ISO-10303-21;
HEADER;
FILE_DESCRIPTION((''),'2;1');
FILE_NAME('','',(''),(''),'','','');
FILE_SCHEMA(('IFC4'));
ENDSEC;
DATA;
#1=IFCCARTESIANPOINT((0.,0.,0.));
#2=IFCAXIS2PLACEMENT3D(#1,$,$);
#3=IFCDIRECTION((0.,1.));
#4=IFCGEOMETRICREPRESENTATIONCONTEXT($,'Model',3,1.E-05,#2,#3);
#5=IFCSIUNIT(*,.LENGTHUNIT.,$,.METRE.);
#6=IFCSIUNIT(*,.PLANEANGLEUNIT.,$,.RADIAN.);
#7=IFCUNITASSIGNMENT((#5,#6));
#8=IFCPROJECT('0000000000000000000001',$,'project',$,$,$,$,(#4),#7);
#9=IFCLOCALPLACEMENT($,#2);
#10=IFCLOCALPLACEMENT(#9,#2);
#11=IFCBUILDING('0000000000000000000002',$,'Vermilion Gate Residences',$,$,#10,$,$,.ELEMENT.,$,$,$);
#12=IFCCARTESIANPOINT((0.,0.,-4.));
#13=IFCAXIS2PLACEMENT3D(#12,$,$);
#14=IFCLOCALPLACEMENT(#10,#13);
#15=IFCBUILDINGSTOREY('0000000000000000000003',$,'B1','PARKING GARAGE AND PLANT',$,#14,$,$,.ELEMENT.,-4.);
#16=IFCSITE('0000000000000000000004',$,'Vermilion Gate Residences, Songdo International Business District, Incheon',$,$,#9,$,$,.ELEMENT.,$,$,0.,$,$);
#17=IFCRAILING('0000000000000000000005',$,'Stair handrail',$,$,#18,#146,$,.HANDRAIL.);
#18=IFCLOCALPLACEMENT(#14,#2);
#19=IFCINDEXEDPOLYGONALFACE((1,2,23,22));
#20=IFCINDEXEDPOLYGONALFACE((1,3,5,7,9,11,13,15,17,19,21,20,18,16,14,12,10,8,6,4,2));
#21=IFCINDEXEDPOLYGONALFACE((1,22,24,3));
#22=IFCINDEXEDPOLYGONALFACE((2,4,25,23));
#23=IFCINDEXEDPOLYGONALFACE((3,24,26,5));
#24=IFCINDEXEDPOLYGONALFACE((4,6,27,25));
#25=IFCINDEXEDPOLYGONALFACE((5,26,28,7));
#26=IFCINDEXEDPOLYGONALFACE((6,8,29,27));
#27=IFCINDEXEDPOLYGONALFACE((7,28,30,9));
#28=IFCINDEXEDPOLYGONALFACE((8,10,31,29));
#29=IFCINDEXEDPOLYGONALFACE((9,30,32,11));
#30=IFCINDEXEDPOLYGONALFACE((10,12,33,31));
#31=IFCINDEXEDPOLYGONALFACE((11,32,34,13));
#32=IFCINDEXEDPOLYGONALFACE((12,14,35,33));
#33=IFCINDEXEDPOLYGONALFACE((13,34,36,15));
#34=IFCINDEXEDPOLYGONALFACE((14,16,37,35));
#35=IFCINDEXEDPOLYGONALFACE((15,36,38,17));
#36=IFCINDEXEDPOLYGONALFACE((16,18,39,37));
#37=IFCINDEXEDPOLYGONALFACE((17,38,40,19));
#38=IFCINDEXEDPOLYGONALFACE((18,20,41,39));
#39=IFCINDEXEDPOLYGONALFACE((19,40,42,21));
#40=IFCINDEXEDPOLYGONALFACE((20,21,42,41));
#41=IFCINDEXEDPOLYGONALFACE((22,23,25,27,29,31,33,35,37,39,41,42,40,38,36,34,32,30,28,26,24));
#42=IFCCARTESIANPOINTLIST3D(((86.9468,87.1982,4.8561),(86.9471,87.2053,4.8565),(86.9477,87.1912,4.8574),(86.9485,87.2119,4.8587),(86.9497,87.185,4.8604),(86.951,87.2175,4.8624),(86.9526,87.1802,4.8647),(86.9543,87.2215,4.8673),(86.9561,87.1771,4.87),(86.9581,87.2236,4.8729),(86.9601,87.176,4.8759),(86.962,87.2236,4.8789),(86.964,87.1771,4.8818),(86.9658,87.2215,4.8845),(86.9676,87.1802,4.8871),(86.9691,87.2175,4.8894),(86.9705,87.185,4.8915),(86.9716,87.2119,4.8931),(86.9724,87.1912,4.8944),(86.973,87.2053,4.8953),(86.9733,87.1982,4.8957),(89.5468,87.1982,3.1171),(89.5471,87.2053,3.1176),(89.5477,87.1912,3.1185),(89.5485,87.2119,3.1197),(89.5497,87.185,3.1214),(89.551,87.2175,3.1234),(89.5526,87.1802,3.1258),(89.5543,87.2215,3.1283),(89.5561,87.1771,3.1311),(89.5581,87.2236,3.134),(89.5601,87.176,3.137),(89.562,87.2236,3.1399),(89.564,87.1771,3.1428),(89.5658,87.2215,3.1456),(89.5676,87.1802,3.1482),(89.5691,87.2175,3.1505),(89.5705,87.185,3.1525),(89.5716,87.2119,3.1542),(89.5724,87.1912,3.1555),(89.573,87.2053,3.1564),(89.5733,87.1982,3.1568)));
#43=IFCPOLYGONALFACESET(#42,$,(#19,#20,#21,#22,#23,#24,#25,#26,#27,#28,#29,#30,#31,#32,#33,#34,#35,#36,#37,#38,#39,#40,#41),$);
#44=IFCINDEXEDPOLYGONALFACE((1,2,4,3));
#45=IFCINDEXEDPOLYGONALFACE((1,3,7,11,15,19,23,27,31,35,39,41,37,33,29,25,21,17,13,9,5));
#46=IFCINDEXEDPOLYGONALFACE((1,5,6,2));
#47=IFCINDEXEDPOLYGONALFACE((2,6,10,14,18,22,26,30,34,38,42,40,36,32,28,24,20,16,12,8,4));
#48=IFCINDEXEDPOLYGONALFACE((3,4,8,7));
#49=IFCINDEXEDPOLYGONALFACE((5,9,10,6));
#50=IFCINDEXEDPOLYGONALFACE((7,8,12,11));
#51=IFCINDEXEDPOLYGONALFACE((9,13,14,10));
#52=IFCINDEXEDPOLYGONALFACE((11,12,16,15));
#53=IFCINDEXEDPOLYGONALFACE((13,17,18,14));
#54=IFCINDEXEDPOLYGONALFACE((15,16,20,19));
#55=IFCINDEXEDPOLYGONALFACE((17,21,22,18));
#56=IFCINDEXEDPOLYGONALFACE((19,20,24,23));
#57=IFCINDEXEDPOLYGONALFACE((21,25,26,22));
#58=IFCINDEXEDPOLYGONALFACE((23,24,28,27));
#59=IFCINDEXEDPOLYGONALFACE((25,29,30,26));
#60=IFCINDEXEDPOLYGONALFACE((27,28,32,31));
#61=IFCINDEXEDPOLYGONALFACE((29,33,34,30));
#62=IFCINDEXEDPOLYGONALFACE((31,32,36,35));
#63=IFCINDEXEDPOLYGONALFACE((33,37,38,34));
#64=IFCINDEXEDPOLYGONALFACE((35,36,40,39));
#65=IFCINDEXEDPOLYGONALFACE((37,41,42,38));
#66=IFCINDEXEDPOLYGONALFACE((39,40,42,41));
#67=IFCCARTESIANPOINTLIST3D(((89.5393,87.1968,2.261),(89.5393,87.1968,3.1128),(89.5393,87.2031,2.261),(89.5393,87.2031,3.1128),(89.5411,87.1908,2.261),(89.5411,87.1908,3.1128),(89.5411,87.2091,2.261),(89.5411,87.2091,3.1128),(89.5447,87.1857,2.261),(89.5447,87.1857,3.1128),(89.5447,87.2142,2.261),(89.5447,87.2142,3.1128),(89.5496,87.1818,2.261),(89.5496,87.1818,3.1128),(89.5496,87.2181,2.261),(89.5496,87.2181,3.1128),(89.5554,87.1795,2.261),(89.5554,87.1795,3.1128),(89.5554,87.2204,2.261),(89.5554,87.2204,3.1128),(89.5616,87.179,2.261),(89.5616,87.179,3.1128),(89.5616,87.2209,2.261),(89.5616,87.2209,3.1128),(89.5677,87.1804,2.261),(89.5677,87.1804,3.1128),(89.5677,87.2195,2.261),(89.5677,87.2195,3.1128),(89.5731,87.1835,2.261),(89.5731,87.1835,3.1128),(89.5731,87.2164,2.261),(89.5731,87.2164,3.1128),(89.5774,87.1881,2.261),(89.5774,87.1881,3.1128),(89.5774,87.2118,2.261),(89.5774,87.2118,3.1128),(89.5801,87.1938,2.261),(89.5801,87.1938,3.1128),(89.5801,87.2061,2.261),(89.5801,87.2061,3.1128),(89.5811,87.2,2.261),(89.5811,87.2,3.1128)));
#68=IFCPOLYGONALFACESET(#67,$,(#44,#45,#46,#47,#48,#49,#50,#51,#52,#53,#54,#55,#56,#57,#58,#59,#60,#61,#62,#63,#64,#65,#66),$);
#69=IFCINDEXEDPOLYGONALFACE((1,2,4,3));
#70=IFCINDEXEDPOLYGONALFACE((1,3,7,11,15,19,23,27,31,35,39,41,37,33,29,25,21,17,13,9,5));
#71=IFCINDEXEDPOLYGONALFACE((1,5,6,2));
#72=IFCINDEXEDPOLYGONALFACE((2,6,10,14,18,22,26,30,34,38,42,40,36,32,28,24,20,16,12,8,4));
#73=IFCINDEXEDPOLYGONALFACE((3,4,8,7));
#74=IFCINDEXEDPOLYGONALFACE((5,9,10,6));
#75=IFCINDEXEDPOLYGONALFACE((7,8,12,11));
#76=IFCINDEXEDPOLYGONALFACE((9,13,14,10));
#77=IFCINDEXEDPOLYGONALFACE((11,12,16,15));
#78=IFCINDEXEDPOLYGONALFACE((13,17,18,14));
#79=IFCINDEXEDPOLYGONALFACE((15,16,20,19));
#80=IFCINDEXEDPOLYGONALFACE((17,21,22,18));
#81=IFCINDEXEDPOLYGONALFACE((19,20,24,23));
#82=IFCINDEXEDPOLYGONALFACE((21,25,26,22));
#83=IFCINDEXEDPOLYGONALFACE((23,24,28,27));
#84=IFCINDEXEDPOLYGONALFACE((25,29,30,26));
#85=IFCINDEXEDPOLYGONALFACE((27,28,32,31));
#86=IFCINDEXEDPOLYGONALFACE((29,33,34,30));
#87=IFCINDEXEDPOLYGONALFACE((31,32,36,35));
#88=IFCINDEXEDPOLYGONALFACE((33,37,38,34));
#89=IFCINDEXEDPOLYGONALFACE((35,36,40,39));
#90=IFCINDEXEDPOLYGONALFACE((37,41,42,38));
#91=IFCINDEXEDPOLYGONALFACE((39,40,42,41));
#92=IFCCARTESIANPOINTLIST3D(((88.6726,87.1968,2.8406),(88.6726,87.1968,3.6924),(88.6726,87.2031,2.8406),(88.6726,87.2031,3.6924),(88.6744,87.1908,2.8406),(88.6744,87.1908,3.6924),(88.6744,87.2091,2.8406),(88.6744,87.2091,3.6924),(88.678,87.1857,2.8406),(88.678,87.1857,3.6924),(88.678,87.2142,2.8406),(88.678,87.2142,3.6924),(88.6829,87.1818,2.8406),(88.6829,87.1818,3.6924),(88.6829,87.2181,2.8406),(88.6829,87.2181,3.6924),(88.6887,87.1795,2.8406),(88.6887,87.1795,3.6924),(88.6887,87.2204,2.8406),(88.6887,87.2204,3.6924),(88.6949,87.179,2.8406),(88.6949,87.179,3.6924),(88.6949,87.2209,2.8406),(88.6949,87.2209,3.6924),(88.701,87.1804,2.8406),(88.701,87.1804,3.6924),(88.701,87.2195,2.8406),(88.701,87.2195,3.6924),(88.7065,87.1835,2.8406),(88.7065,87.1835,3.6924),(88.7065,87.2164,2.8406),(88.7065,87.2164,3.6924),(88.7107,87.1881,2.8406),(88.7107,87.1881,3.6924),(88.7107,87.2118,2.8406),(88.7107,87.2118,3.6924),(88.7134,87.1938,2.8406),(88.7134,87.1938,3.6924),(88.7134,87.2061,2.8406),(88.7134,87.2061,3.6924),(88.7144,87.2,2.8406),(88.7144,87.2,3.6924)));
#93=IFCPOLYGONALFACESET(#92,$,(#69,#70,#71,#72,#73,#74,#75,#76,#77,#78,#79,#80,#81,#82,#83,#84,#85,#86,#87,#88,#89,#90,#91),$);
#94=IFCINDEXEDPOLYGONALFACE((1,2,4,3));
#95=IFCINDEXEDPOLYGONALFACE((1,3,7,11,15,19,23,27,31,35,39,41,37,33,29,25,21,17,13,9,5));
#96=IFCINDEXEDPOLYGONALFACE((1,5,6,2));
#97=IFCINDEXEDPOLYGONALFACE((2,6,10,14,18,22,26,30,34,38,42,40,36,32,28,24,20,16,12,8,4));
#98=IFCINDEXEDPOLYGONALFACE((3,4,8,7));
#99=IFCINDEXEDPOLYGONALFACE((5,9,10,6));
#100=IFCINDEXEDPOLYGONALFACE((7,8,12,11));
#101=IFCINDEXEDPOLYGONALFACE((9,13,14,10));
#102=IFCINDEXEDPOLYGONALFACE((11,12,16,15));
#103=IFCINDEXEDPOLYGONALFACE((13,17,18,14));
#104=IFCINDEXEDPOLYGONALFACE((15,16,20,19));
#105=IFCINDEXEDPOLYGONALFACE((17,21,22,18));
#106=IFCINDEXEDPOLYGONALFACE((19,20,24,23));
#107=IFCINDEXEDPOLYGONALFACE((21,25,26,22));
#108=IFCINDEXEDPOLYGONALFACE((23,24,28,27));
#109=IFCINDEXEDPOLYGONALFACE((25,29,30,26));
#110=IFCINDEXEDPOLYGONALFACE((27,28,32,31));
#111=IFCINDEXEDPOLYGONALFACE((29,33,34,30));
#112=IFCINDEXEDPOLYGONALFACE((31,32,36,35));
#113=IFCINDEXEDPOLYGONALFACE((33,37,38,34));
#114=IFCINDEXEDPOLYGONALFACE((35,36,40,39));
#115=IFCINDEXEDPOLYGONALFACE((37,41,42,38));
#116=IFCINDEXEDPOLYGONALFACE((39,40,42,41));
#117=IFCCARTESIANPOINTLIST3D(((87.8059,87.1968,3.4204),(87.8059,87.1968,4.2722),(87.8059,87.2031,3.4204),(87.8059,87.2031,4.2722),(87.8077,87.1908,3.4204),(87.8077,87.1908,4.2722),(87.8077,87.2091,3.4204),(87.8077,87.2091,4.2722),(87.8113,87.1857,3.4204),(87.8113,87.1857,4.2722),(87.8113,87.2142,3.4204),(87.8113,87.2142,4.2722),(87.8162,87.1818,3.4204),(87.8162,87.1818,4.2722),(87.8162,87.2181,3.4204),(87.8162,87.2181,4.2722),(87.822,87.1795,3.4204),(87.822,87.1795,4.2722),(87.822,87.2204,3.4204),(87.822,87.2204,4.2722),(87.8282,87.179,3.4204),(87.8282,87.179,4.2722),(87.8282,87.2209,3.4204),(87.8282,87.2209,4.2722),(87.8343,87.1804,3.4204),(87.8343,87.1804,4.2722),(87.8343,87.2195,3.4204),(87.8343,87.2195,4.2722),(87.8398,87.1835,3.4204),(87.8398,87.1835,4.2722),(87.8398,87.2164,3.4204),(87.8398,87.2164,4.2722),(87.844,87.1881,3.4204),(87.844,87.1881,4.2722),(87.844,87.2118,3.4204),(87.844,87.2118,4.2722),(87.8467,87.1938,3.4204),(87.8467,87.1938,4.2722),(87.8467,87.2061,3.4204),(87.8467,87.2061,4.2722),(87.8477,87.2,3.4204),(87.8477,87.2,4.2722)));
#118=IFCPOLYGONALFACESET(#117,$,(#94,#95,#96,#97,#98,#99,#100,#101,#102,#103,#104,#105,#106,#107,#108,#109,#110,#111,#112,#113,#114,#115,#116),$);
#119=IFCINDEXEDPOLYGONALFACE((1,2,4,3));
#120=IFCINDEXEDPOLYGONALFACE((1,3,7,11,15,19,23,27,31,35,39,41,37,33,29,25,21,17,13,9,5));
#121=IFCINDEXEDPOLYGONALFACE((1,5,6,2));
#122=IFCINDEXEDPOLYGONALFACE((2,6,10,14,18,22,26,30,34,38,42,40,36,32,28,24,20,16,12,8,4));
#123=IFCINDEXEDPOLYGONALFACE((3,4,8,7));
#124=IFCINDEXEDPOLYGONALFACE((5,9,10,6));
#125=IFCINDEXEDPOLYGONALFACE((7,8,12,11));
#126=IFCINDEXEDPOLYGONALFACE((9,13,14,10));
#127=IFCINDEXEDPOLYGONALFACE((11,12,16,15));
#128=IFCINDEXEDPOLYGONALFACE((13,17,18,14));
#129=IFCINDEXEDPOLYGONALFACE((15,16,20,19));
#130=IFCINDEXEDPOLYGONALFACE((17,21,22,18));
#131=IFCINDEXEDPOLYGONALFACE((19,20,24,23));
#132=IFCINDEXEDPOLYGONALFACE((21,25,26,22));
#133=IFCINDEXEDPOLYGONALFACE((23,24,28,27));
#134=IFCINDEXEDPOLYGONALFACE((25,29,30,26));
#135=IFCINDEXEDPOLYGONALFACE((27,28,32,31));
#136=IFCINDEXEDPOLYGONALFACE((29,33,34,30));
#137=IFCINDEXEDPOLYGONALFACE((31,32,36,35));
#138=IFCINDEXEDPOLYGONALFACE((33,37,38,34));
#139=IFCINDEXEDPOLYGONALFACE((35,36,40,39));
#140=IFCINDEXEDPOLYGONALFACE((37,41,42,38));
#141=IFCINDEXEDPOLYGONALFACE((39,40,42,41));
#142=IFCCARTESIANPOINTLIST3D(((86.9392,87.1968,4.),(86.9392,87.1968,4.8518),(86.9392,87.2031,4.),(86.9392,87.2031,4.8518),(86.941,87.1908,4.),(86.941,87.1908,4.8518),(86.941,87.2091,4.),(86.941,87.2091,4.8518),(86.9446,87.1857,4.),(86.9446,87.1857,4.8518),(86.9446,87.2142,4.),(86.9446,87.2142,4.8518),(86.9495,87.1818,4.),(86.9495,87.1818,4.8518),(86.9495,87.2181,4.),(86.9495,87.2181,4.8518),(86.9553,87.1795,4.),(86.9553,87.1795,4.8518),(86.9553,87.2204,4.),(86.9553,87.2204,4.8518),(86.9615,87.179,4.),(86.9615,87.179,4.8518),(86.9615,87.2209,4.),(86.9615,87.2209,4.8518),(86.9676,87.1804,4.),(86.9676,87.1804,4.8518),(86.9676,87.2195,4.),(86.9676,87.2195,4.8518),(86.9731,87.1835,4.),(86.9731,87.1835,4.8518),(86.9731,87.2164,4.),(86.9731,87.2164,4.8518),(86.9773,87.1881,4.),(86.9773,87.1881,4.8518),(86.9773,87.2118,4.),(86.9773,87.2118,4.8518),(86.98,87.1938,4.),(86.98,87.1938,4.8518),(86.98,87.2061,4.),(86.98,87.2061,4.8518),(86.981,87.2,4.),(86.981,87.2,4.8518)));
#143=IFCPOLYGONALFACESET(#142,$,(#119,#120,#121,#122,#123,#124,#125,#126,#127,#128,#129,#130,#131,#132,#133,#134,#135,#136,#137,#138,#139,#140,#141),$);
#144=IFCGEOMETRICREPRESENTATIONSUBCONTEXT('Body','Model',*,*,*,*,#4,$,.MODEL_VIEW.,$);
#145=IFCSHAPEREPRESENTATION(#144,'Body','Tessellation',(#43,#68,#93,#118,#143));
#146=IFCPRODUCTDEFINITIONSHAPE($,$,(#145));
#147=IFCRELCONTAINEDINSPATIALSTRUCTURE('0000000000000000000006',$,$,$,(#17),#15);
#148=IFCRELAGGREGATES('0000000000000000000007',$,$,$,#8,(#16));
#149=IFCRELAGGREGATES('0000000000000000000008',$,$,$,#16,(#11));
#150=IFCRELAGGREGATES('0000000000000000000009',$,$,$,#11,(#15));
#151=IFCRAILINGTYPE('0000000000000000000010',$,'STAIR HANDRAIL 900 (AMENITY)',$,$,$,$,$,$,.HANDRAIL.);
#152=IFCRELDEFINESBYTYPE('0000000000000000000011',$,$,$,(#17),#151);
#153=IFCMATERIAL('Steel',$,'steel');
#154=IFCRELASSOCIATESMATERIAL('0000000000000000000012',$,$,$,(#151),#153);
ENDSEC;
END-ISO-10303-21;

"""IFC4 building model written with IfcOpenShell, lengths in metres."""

from ifc_helpers import new_model, si_unit, direction, frame, origin, origin_2d, place, context, subcontext, project, spatial, circle, extrude, material, type_object, element, save


model = new_model("IFC4")

# Units and contexts
model_context = context("Model", 3, precision=1e-05, world=origin(), true_north=direction((0.0, 1.0)))
body_context = subcontext(model_context, "Body", "Model", "MODEL_VIEW")
ifc_project = project(units=[si_unit("LENGTHUNIT", "METRE"), si_unit("PLANEANGLEUNIT", "RADIAN")], contexts=[model_context])

# Site, building, storey
site_placement = place(None, origin())
site = spatial("IfcSite", under=ifc_project, at=site_placement, Name="Vermilion Gate Residences, Songdo International Business District, Incheon", CompositionType="ELEMENT", RefElevation=0.0)
building_placement = place(site_placement, origin())
building = spatial("IfcBuilding", under=site, at=building_placement, Name="Vermilion Gate Residences", CompositionType="ELEMENT")
storey_placement = place(building_placement, frame((0.0, 0.0, -4.0)))
storey = spatial("IfcBuildingStorey", under=building, at=storey_placement, Name="B1", Description="PARKING GARAGE AND PLANT", CompositionType="ELEMENT", Elevation=-4.0)

# Railing
ifc_material_1 = material(Name="Steel", Category="steel")
railing_type = type_object("IfcRailingType", Name="STAIR HANDRAIL 900 (AMENITY)", PredefinedType="HANDRAIL", material=ifc_material_1)
railing_1_placement = place(storey_placement, frame((89.5601, 87.2, 2.261)))
element("IfcRailing", 1, at=railing_1_placement, inside=storey, type_object=railing_type, Name="Stair handrail", PredefinedType="HANDRAIL", context=body_context, shape_type="SweptSolid", body=[
    extrude(circle(Radius=0.0239, at=origin_2d()), frame((0.0, 0.0, 0.876), z_axis=(-0.831221, 0.0, 0.555942), x_axis=(0.0, -1.0, 0.0)), (0.0, 0.0, 1.0), 3.1279),
    extrude(circle(Radius=0.021, at=origin_2d()), origin(), (0.0, 0.0, 1.0), 0.8518),
    extrude(circle(Radius=0.021, at=origin_2d()), frame((-0.8667, 0.0, 0.5796)), (0.0, 0.0, 1.0), 0.8518),
    extrude(circle(Radius=0.021, at=origin_2d()), frame((-1.7334, 0.0, 1.1594)), (0.0, 0.0, 1.0), 0.8518),
    extrude(circle(Radius=0.021, at=origin_2d()), frame((-2.6001, 0.0, 1.739)), (0.0, 0.0, 1.0), 0.8518),
])

save(model, "model.ifc")
